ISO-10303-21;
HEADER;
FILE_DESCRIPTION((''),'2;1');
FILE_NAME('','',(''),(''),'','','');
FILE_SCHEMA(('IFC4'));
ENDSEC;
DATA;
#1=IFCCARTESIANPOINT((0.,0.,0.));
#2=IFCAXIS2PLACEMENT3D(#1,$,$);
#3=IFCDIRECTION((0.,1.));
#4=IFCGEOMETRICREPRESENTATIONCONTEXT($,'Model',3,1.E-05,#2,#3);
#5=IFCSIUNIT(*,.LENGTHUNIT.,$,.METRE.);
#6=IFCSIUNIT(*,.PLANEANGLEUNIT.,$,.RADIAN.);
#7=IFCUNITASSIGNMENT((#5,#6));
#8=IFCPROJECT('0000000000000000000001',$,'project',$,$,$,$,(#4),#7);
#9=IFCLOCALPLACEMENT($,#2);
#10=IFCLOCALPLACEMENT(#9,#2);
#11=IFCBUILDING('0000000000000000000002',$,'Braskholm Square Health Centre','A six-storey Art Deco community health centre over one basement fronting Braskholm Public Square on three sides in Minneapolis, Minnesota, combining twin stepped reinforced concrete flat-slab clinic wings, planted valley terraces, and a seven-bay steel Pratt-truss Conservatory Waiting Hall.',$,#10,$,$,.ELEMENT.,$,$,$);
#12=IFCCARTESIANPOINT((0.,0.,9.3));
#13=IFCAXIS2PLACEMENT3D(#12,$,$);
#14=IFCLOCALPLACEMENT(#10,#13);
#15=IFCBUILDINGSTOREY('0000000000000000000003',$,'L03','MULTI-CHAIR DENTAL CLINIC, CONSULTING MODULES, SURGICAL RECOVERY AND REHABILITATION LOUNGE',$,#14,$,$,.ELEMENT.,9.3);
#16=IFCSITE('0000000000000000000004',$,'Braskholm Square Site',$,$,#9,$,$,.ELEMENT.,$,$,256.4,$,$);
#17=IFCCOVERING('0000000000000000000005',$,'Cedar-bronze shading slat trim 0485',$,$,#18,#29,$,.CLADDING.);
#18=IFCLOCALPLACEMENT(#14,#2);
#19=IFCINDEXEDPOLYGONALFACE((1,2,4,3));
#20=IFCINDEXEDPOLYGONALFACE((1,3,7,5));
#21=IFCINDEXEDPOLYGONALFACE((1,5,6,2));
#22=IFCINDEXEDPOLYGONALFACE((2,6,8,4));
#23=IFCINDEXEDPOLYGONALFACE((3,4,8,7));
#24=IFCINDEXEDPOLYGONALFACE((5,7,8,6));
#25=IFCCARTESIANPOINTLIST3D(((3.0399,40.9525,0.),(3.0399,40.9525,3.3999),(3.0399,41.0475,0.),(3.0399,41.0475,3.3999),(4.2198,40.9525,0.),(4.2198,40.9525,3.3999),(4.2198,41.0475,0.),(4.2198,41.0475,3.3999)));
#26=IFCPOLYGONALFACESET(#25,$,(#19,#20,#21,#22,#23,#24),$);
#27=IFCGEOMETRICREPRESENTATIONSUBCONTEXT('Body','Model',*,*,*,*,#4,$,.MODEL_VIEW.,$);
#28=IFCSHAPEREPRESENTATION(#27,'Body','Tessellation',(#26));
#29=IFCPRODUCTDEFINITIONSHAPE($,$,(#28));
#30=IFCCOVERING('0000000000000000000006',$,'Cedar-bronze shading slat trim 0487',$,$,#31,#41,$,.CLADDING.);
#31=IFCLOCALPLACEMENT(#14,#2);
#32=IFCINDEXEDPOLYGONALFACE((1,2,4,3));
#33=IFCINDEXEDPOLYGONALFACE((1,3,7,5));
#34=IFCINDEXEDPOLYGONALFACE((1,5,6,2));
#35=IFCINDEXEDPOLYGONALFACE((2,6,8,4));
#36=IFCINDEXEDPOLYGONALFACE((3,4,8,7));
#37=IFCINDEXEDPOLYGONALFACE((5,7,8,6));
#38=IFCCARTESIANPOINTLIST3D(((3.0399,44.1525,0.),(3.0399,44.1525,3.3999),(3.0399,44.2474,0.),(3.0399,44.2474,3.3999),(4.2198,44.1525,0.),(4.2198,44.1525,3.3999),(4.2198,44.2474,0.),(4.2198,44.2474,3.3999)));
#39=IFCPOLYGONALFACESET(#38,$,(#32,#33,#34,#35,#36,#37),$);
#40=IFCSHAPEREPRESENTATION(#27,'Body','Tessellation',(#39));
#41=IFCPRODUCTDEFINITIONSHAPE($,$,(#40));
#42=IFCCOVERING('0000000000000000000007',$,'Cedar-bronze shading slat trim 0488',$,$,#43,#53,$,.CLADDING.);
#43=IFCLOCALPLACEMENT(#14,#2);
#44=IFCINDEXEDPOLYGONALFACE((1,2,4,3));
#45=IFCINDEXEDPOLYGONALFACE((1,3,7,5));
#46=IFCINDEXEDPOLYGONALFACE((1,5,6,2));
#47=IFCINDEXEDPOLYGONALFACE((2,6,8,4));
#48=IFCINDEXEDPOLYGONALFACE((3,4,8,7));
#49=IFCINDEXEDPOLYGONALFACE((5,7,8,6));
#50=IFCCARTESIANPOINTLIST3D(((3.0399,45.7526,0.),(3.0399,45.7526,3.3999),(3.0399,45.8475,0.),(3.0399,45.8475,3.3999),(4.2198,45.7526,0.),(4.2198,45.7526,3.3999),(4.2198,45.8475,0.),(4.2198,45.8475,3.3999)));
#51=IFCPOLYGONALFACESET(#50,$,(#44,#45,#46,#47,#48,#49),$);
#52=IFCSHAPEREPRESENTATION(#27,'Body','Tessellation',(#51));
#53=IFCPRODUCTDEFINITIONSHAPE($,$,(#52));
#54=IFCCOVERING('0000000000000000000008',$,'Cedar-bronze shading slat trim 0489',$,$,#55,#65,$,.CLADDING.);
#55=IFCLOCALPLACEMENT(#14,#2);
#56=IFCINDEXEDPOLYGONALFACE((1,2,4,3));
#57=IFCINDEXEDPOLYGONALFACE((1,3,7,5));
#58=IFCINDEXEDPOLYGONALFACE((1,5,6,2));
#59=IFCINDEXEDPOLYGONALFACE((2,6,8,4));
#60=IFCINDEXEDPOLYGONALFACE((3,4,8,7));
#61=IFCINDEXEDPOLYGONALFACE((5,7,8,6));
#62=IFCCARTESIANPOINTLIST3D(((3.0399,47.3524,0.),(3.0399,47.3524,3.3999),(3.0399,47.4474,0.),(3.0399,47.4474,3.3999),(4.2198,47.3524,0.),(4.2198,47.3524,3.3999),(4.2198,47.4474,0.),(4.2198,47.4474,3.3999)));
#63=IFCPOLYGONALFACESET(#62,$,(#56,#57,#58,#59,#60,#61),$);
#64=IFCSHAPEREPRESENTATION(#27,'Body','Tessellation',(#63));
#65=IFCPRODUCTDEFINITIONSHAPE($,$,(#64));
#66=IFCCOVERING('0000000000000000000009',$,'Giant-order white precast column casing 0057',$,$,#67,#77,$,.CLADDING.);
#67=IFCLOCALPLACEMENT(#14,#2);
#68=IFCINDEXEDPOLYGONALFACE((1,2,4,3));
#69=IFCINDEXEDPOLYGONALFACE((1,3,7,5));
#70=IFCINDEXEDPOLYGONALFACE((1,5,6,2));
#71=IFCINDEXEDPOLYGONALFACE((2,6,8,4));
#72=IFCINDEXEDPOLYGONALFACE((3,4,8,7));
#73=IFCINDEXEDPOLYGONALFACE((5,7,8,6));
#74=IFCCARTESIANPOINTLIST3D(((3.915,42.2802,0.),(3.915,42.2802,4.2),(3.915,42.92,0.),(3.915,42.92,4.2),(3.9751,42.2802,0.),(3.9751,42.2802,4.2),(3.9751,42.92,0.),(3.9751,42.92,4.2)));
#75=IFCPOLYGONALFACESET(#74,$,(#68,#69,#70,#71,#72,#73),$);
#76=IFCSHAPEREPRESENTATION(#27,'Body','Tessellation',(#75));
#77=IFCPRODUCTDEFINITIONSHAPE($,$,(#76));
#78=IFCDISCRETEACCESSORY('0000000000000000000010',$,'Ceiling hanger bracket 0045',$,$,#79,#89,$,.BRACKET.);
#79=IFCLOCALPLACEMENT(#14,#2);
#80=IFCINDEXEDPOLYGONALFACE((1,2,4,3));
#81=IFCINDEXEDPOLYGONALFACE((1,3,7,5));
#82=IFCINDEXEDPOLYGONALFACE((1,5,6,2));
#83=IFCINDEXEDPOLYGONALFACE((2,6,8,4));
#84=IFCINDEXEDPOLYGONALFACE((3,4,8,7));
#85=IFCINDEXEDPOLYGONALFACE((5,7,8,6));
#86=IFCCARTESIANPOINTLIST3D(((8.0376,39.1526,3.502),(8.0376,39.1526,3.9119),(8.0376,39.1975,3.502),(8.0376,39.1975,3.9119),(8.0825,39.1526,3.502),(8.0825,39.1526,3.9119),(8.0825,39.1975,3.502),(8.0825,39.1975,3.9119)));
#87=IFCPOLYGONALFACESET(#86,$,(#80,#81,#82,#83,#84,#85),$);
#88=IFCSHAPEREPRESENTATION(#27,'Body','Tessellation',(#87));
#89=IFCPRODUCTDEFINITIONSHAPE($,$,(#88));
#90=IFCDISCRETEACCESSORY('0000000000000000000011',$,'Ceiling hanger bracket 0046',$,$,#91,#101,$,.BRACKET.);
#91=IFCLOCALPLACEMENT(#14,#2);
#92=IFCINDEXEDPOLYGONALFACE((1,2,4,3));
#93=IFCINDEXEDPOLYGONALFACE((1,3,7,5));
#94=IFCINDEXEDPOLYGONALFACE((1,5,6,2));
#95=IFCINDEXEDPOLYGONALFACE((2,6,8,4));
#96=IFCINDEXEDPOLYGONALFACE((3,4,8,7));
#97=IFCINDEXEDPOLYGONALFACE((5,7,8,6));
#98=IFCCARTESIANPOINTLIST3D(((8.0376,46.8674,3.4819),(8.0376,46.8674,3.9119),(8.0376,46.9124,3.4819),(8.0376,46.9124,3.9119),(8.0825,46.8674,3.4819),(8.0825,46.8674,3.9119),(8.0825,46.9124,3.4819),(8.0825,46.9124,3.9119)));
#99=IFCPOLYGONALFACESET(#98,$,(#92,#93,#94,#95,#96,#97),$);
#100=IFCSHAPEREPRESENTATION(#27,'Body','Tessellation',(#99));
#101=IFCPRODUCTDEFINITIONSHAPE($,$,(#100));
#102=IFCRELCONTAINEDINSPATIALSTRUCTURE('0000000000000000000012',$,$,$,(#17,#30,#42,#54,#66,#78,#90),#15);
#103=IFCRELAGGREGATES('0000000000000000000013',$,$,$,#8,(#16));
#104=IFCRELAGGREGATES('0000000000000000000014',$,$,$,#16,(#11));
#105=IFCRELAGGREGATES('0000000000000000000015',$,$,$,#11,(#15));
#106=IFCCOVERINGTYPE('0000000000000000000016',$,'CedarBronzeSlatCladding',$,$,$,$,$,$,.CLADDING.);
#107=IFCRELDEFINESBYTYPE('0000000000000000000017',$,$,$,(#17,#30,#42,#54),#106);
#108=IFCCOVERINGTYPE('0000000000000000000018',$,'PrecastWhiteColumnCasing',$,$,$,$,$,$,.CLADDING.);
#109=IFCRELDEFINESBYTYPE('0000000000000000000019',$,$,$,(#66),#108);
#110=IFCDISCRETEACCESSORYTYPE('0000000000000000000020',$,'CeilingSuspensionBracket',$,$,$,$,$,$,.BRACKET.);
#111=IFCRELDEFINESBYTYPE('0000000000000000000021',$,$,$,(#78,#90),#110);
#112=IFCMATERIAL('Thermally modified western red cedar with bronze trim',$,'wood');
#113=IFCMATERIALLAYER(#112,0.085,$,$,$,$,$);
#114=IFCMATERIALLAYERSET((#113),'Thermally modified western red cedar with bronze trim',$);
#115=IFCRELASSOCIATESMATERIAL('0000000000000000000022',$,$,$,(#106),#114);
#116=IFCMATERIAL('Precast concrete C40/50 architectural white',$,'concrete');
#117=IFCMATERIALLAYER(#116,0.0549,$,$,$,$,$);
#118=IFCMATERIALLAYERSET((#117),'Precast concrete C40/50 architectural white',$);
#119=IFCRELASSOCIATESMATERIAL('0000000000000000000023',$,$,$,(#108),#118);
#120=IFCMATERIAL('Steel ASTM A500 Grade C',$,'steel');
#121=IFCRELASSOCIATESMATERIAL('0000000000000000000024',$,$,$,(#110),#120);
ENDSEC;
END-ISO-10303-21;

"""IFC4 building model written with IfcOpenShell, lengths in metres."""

from ifc_helpers import new_model, si_unit, direction, frame, origin, origin_2d, place, context, subcontext, project, spatial, rectangle, extrude, material, layer, layer_set, type_object, element, save


model = new_model("IFC4")

# Units and contexts
model_context = context("Model", 3, precision=1e-05, world=origin(), true_north=direction((0.0, 1.0)))
body_context = subcontext(model_context, "Body", "Model", "MODEL_VIEW")
ifc_project = project(units=[si_unit("LENGTHUNIT", "METRE"), si_unit("PLANEANGLEUNIT", "RADIAN")], contexts=[model_context])

# Site, building, storey
site_placement = place(None, origin())
site = spatial("IfcSite", under=ifc_project, at=site_placement, Name="Braskholm Square Site", CompositionType="ELEMENT", RefElevation=256.4)
building_placement = place(site_placement, origin())
building = spatial("IfcBuilding", under=site, at=building_placement, Name="Braskholm Square Health Centre", Description="A six-storey Art Deco community health centre over one basement fronting Braskholm Public Square on three sides in Minneapolis, Minnesota, combining twin stepped reinforced concrete flat-slab clinic wings, planted valley terraces, and a seven-bay steel Pratt-truss Conservatory Waiting Hall.", CompositionType="ELEMENT")
storey_placement = place(building_placement, frame((0.0, 0.0, 9.3)))
storey = spatial("IfcBuildingStorey", under=building, at=storey_placement, Name="L03", Description="MULTI-CHAIR DENTAL CLINIC, CONSULTING MODULES, SURGICAL RECOVERY AND REHABILITATION LOUNGE", CompositionType="ELEMENT", Elevation=9.3)

# Shared definitions
ifc_material_1 = material(Name="Precast concrete C40/50 architectural white", Category="concrete")

# Shared definitions
ifc_material_2 = material(Name="Thermally modified western red cedar with bronze trim", Category="wood")

# Coverings
ifc_layer_1 = layer(ifc_material_2, 0.085)
ifc_layer_set_1 = layer_set([ifc_layer_1], Name="Thermally modified western red cedar with bronze trim")
covering_type_1 = type_object("IfcCoveringType", Name="CedarBronzeSlatCladding", PredefinedType="CLADDING", material=ifc_layer_set_1)
for number, where, z_axis, x_axis, name in (
    (1, (3.6299, 41.0, 0.0), (0.0, 0.0, 1.0), (1.0, 0.0, 0.0), "Cedar-bronze shading slat trim 0485"),
    (2, (3.6299, 44.2, 0.0), (0.0, 0.0, 1.0), (1.0, 0.0, 0.0), "Cedar-bronze shading slat trim 0487"),
    (3, (3.6299, 45.8, 0.0), (0.0, 0.0, 1.0), (1.0, 0.0, 0.0), "Cedar-bronze shading slat trim 0488"),
    (4, (3.6299, 47.3999, 0.0), (0.0, 0.0, 1.0), (1.0, 0.0, 0.0), "Cedar-bronze shading slat trim 0489"),
):
    element("IfcCovering", number, at=place(storey_placement, frame(where, z_axis=z_axis, x_axis=x_axis)), inside=storey, type_object=covering_type_1, Name=name, PredefinedType="CLADDING", context=body_context, shape_type="SweptSolid", body=[
        extrude(rectangle(XDim=1.1799, YDim=0.095, at=origin_2d()), origin(), (0.0, 0.0, 1.0), 3.3999),
    ])
ifc_layer_2 = layer(ifc_material_1, 0.0549)
ifc_layer_set_2 = layer_set([ifc_layer_2], Name="Precast concrete C40/50 architectural white")
covering_type_2 = type_object("IfcCoveringType", Name="PrecastWhiteColumnCasing", PredefinedType="CLADDING", material=ifc_layer_set_2)
covering_placement = place(storey_placement, frame((3.9451, 42.6001, 0.0), z_axis=(0.0, 0.0, 1.0), x_axis=(1.0, 0.0, 0.0)))
element("IfcCovering", 5, at=covering_placement, inside=storey, type_object=covering_type_2, Name="Giant-order white precast column casing 0057", PredefinedType="CLADDING", context=body_context, shape_type="SweptSolid", body=[
    extrude(rectangle(XDim=0.0601, YDim=0.6399, at=origin_2d()), origin(), (0.0, 0.0, 1.0), 4.2),
])

# Discrete accessories
ifc_material_3 = material(Name="Steel ASTM A500 Grade C", Category="steel")
discrete_accessory_type = type_object("IfcDiscreteAccessoryType", Name="CeilingSuspensionBracket", PredefinedType="BRACKET", material=ifc_material_3)
discrete_accessory_1_placement = place(storey_placement, frame((8.0601, 39.175, 3.502), z_axis=(0.0, 0.0, 1.0), x_axis=(1.0, 0.0, 0.0)))
element("IfcDiscreteAccessory", 6, at=discrete_accessory_1_placement, inside=storey, type_object=discrete_accessory_type, Name="Ceiling hanger bracket 0045", PredefinedType="BRACKET", context=body_context, shape_type="SweptSolid", body=[
    extrude(rectangle(XDim=0.0449, YDim=0.0449, at=origin_2d()), origin(), (0.0, 0.0, 1.0), 0.4099),
])
discrete_accessory_2_placement = place(storey_placement, frame((8.0601, 46.8899, 3.4819), z_axis=(0.0, 0.0, 1.0), x_axis=(1.0, 0.0, 0.0)))
element("IfcDiscreteAccessory", 7, at=discrete_accessory_2_placement, inside=storey, type_object=discrete_accessory_type, Name="Ceiling hanger bracket 0046", PredefinedType="BRACKET", context=body_context, shape_type="SweptSolid", body=[
    extrude(rectangle(XDim=0.0449, YDim=0.0449, at=origin_2d()), origin(), (0.0, 0.0, 1.0), 0.4299),
])

save(model, "model.ifc")
